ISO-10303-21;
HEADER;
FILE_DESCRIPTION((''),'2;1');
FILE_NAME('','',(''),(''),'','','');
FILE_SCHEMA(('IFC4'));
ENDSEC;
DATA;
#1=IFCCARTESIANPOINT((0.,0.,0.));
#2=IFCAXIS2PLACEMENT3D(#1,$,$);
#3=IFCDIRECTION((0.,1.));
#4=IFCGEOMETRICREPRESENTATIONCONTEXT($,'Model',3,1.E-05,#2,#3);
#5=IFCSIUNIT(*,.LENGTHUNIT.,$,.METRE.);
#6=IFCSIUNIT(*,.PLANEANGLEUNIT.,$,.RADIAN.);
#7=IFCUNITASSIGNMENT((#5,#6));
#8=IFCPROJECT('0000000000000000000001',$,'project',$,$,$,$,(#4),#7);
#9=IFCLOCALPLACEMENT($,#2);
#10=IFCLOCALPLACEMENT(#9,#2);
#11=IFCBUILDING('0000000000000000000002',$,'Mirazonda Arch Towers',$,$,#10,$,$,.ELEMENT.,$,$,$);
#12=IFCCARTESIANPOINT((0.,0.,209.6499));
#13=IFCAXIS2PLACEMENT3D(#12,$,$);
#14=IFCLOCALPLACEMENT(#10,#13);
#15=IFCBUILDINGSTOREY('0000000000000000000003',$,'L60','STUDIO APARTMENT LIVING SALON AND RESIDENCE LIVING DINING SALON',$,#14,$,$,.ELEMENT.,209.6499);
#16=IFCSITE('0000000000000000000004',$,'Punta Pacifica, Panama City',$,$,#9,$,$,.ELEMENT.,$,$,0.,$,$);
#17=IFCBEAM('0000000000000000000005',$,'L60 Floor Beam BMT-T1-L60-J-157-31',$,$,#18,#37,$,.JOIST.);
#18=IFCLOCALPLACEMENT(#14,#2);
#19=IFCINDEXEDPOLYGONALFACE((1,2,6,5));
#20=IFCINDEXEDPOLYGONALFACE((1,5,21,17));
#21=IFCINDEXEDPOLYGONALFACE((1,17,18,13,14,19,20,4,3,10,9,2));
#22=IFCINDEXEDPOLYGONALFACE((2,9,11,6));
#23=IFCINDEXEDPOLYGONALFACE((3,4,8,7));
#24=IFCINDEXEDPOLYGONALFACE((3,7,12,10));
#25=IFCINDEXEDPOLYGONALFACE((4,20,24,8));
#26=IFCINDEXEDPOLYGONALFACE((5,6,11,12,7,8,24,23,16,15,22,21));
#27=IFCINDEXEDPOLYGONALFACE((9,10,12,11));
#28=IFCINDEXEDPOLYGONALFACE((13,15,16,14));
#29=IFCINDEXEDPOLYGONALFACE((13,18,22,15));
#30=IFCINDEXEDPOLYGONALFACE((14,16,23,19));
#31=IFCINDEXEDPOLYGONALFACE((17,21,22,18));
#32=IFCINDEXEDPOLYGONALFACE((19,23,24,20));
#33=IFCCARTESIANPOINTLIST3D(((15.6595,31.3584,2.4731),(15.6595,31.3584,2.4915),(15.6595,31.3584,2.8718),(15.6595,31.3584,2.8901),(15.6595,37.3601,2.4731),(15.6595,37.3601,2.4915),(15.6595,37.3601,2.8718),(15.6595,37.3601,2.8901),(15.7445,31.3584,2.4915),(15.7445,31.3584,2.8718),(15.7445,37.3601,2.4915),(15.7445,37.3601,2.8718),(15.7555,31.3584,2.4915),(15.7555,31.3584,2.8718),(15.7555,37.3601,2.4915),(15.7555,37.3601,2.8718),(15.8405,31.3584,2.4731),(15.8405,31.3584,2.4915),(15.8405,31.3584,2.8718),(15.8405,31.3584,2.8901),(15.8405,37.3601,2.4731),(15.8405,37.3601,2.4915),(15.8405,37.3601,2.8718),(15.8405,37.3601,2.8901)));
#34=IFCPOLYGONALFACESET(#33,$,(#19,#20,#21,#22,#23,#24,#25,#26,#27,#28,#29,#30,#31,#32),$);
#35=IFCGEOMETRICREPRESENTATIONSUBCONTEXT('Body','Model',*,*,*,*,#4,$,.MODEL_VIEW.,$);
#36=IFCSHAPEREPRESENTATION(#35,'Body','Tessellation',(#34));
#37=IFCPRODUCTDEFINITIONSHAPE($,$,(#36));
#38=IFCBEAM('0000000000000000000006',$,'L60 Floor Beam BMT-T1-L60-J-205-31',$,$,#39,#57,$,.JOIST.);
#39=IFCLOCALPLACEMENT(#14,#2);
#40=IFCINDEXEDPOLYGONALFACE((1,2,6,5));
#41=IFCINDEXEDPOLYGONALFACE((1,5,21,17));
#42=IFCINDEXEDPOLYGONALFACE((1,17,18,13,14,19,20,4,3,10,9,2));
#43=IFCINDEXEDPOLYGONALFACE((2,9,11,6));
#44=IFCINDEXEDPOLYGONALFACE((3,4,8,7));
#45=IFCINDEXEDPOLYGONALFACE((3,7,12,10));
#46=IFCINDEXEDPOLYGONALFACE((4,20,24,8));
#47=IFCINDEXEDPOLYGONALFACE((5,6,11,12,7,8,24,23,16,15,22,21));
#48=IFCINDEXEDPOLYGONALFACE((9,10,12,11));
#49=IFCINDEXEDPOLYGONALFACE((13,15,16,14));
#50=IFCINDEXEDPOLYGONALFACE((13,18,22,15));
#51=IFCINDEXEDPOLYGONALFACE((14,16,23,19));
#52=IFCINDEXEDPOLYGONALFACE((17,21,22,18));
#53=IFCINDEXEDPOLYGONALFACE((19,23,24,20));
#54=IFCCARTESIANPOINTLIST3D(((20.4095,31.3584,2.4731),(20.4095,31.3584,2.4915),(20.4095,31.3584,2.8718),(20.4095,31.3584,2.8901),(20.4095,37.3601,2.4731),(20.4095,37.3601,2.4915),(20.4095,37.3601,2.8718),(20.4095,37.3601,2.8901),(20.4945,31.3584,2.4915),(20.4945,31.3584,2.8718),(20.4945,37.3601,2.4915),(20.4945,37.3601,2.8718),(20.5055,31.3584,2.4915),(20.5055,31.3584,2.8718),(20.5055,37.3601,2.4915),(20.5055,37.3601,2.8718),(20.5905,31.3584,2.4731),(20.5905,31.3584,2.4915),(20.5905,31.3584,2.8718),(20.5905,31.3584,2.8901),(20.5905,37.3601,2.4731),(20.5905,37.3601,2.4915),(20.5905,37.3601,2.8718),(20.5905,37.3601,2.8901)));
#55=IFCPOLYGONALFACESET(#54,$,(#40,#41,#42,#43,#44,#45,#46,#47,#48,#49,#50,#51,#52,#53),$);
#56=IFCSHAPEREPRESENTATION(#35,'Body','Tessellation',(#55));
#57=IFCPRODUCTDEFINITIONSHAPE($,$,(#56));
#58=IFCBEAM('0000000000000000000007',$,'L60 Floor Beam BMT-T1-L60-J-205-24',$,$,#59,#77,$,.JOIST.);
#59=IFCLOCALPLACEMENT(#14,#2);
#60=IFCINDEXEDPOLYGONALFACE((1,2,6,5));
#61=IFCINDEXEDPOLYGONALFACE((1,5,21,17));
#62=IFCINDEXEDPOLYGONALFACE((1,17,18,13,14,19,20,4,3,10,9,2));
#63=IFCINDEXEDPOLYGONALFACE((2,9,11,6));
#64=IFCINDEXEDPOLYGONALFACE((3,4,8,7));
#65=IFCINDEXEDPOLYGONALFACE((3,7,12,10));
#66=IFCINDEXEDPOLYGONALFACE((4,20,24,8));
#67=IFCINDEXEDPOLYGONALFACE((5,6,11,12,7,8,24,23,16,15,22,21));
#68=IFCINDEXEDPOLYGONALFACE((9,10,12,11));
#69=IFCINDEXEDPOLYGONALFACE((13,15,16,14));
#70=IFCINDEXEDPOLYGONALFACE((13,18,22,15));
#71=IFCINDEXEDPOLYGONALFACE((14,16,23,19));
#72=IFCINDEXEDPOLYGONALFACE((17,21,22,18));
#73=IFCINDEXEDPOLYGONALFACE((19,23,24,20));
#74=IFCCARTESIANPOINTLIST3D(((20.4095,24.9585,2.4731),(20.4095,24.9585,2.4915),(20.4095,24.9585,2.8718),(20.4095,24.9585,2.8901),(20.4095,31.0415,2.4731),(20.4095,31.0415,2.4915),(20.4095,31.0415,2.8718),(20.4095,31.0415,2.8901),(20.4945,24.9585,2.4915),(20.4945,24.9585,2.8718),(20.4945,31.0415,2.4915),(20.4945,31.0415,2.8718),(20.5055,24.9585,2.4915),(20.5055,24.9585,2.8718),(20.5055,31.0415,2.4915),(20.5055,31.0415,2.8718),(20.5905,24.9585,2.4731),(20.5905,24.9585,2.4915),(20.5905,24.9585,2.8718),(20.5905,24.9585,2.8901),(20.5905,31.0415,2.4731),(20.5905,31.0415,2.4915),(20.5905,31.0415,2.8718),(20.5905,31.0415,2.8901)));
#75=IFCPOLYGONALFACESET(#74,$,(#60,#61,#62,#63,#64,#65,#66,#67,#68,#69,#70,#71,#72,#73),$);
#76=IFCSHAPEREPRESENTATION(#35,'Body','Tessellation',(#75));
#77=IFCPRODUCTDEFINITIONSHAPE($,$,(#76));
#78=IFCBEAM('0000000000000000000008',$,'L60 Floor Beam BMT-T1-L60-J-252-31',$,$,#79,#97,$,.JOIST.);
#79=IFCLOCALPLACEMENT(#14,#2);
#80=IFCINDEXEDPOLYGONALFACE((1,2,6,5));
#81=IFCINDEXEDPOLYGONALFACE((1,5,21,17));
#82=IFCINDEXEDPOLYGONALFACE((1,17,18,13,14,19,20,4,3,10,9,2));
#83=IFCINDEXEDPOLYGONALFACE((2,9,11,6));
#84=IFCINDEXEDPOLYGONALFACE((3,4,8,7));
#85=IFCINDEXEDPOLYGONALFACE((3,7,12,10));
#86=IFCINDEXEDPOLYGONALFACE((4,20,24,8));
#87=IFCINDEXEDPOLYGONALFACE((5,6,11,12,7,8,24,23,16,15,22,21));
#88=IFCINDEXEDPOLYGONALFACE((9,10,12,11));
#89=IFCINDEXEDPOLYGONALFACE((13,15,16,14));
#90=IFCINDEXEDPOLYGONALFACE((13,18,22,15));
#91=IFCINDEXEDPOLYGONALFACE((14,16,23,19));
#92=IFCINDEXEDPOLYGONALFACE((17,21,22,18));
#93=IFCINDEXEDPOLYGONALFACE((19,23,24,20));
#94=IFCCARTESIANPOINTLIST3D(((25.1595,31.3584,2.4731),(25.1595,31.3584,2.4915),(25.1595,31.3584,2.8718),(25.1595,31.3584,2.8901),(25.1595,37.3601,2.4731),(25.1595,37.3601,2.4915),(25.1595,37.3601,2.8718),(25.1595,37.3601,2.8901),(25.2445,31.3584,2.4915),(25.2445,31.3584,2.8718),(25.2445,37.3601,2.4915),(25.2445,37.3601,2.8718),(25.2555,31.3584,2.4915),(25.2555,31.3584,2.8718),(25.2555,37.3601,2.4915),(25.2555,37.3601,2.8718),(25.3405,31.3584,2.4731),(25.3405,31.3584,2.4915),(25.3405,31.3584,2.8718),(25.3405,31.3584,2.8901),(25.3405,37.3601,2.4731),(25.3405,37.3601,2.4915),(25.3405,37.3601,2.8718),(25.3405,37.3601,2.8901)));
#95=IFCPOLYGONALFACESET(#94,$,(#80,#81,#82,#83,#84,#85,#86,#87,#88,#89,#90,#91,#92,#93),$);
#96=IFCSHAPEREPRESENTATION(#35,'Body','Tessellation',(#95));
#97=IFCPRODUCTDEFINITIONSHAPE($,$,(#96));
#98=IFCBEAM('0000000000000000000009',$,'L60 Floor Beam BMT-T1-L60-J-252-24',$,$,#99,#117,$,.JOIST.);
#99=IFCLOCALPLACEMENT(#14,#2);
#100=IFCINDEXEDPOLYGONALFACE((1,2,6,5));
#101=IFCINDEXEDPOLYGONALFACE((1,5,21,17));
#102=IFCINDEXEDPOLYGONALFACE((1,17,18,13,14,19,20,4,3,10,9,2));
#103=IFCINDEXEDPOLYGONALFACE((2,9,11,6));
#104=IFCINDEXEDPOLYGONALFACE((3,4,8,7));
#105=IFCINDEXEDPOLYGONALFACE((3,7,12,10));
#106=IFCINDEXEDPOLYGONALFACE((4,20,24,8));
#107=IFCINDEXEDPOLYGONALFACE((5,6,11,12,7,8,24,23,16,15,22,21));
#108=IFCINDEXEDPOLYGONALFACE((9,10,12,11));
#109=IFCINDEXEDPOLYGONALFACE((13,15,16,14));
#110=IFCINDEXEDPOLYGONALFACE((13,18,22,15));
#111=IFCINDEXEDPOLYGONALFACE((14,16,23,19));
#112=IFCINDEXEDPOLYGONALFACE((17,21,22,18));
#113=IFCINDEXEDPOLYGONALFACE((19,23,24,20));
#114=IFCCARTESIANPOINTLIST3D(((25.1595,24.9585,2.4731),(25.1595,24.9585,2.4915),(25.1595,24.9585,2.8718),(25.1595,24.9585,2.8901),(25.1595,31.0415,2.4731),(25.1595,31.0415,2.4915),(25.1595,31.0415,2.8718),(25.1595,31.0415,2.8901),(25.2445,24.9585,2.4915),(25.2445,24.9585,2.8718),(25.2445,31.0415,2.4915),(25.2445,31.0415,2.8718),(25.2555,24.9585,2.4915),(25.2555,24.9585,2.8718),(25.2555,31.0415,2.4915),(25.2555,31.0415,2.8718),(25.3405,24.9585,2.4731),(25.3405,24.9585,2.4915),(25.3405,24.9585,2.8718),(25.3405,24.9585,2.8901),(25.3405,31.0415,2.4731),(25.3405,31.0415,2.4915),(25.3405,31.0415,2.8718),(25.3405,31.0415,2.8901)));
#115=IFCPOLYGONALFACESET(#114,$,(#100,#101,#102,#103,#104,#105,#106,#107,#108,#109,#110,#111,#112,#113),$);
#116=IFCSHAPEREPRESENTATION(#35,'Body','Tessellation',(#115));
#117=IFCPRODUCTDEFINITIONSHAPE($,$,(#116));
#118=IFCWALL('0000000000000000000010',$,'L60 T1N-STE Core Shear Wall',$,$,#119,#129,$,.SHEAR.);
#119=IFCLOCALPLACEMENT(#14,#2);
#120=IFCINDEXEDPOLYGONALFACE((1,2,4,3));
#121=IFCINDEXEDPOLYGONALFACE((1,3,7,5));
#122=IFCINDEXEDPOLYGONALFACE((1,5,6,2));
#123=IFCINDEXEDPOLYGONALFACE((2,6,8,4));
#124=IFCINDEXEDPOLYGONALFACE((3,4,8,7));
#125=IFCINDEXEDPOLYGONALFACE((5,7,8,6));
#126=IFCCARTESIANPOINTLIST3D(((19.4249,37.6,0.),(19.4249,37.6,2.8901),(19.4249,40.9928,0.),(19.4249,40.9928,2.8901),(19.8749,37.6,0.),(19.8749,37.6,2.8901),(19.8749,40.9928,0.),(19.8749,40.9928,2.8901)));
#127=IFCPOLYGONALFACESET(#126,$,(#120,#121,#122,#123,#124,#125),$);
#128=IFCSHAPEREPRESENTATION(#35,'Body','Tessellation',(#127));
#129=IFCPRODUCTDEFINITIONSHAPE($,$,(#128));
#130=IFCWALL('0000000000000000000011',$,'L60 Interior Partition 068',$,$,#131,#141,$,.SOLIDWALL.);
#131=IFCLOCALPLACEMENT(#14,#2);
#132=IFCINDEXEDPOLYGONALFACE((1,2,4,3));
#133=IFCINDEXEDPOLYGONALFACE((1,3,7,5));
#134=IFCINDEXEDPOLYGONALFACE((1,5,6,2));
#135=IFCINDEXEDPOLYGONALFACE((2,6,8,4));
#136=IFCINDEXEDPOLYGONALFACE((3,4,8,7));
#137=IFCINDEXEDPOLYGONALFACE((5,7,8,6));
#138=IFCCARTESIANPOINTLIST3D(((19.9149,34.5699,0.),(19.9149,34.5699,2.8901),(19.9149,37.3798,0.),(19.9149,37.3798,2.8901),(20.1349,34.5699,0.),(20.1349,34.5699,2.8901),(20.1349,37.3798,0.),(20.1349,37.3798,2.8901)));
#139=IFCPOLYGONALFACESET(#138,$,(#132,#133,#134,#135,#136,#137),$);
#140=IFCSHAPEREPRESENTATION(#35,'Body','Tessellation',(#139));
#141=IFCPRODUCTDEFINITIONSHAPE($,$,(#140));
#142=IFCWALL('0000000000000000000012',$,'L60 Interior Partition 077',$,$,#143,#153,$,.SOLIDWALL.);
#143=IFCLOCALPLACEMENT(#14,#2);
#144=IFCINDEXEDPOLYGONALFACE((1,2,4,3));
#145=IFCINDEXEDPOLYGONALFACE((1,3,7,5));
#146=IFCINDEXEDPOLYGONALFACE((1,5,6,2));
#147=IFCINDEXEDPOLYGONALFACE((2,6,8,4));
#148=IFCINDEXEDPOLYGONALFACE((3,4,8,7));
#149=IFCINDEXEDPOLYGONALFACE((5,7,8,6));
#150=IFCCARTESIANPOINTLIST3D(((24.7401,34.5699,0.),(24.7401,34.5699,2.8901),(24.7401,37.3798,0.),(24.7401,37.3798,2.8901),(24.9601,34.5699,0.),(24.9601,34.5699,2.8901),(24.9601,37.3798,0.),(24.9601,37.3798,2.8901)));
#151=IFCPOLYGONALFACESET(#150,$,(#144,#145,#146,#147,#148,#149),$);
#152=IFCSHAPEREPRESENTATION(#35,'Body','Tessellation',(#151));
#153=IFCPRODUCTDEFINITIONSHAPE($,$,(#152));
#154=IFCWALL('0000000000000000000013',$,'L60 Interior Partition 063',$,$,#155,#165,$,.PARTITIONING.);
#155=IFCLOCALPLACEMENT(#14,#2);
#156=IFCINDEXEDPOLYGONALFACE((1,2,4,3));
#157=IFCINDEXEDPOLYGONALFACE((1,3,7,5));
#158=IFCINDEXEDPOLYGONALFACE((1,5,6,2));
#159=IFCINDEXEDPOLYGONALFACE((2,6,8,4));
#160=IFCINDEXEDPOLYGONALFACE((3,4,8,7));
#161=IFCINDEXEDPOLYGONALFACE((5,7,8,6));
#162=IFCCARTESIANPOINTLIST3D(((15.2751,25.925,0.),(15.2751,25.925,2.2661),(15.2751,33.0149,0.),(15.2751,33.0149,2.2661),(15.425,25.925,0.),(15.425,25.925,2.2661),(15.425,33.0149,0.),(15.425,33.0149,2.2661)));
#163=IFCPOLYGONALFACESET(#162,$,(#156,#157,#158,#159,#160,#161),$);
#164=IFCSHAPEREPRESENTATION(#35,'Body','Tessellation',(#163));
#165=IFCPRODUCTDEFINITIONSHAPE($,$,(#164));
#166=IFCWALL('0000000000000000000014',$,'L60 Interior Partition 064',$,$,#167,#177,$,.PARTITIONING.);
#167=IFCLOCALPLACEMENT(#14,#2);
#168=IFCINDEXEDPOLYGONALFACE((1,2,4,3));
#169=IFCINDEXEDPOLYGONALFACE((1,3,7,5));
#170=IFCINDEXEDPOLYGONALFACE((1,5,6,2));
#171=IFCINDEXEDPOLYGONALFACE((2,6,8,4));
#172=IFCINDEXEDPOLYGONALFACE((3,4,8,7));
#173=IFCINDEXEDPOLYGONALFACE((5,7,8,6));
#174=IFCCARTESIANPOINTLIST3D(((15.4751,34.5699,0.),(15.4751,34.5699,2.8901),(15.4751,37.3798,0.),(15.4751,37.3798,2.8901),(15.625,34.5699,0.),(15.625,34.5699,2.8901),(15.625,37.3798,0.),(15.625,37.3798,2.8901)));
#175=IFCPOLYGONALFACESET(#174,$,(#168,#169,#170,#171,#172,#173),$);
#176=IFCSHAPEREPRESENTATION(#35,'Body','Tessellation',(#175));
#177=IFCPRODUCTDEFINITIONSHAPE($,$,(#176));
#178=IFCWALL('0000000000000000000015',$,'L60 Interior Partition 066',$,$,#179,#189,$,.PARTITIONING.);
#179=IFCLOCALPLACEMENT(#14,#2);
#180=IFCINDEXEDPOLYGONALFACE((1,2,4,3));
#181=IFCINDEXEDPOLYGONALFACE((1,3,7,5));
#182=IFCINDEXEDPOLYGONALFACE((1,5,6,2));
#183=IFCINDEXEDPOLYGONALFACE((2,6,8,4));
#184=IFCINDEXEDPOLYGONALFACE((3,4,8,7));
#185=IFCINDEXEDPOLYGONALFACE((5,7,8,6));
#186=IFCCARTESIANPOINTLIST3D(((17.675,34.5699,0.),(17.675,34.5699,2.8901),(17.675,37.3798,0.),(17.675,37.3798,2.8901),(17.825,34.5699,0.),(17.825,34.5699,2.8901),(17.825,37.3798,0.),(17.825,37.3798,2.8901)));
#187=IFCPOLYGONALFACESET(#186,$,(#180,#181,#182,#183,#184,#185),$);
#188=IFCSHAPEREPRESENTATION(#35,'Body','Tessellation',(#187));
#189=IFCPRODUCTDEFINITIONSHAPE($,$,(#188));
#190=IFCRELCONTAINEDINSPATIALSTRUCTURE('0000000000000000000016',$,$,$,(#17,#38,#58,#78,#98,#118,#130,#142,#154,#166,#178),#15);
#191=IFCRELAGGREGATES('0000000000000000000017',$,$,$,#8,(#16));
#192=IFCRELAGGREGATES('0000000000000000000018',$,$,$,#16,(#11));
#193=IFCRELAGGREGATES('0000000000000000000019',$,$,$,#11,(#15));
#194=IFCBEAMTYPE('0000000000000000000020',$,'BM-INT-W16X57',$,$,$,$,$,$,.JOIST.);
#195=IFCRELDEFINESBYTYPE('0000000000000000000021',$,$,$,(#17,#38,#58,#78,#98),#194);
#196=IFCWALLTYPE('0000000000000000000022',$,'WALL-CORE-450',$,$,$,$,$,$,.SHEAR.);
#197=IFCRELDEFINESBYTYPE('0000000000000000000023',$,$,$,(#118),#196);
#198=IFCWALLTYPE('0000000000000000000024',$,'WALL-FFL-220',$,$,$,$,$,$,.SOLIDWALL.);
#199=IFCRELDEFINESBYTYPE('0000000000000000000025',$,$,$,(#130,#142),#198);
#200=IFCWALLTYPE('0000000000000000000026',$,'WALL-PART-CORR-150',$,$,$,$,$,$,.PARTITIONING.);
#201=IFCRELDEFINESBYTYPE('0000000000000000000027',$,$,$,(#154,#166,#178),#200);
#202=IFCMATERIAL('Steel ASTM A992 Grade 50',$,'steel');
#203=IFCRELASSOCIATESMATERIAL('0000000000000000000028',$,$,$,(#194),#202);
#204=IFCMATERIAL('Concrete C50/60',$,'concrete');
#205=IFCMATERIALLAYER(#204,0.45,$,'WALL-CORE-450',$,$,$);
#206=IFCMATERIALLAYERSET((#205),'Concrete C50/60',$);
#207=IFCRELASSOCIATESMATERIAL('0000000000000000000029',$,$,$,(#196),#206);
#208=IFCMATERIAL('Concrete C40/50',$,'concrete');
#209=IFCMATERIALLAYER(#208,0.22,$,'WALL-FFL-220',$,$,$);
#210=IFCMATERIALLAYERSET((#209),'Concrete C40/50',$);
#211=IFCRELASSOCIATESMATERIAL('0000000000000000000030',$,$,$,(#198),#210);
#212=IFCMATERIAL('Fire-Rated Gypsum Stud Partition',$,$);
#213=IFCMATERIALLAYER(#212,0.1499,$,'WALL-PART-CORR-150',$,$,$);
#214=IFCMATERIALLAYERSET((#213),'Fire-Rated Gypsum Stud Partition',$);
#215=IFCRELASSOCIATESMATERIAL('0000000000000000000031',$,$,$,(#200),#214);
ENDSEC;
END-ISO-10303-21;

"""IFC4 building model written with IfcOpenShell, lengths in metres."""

from ifc_helpers import new_model, si_unit, direction, frame, frame_2d, origin, origin_2d, place, context, subcontext, project, spatial, rectangle, i_section, extrude, material, layer, layer_set, material_profile, profile_set, type_object, element, save


model = new_model("IFC4")

# Units and contexts
model_context = context("Model", 3, precision=1e-05, world=origin(), true_north=direction((0.0, 1.0)))
body_context = subcontext(model_context, "Body", "Model", "MODEL_VIEW")
ifc_project = project(units=[si_unit("LENGTHUNIT", "METRE"), si_unit("PLANEANGLEUNIT", "RADIAN")], contexts=[model_context])

# Site, building, storey
site_placement = place(None, origin())
site = spatial("IfcSite", under=ifc_project, at=site_placement, Name="Punta Pacifica, Panama City", CompositionType="ELEMENT", RefElevation=0.0)
building_placement = place(site_placement, origin())
building = spatial("IfcBuilding", under=site, at=building_placement, Name="Mirazonda Arch Towers", CompositionType="ELEMENT")
storey_placement = place(building_placement, frame((0.0, 0.0, 209.6499)))
storey = spatial("IfcBuildingStorey", under=building, at=storey_placement, Name="L60", Description="STUDIO APARTMENT LIVING SALON AND RESIDENCE LIVING DINING SALON", CompositionType="ELEMENT", Elevation=209.6499)

# Beams
ifc_material_1 = material(Name="Steel ASTM A992 Grade 50", Category="steel")
ifc_material_profile = material_profile(ifc_material_1, i_section(OverallWidth=0.1809, OverallDepth=0.417, WebThickness=0.011, FlangeThickness=0.0183, at=origin_2d()), Name="W16X57")
ifc_profile_set = profile_set([ifc_material_profile], Name="Steel ASTM A992 Grade 50")
beam_type = type_object("IfcBeamType", Name="BM-INT-W16X57", PredefinedType="JOIST", material=ifc_profile_set)
for number, where, z_axis, x_axis, name in (
    (1, (15.75, 31.3584, 2.6816), (0.0, 1.0, 0.0), (-1.0, 0.0, 0.0), "L60 Floor Beam BMT-T1-L60-J-157-31"),
    (2, (20.5, 31.3584, 2.6816), (0.0, 1.0, 0.0), (-1.0, 0.0, 0.0), "L60 Floor Beam BMT-T1-L60-J-205-31"),
):
    element("IfcBeam", number, at=place(storey_placement, frame(where, z_axis=z_axis, x_axis=x_axis)), inside=storey, type_object=beam_type, Name=name, PredefinedType="JOIST", context=body_context, shape_type="SweptSolid", body=[
        extrude(i_section(OverallWidth=0.1809, OverallDepth=0.417, WebThickness=0.011, FlangeThickness=0.0183, at=origin_2d()), origin(), (0.0, 0.0, 1.0), 6.0017),
    ])
beam_1_placement = place(storey_placement, frame((20.5, 24.9585, 2.6816), z_axis=(0.0, 1.0, 0.0), x_axis=(-1.0, 0.0, 0.0)))
element("IfcBeam", 3, at=beam_1_placement, inside=storey, type_object=beam_type, Name="L60 Floor Beam BMT-T1-L60-J-205-24", PredefinedType="JOIST", context=body_context, shape_type="SweptSolid", body=[
    extrude(i_section(OverallWidth=0.1809, OverallDepth=0.417, WebThickness=0.011, FlangeThickness=0.0183, at=origin_2d()), origin(), (0.0, 0.0, 1.0), 6.083),
])
beam_2_placement = place(storey_placement, frame((25.25, 31.3584, 2.6816), z_axis=(0.0, 1.0, 0.0), x_axis=(-1.0, 0.0, 0.0)))
element("IfcBeam", 4, at=beam_2_placement, inside=storey, type_object=beam_type, Name="L60 Floor Beam BMT-T1-L60-J-252-31", PredefinedType="JOIST", context=body_context, shape_type="SweptSolid", body=[
    extrude(i_section(OverallWidth=0.1809, OverallDepth=0.417, WebThickness=0.011, FlangeThickness=0.0183, at=origin_2d()), origin(), (0.0, 0.0, 1.0), 6.0017),
])
beam_3_placement = place(storey_placement, frame((25.25, 24.9585, 2.6816), z_axis=(0.0, 1.0, 0.0), x_axis=(-1.0, 0.0, 0.0)))
element("IfcBeam", 5, at=beam_3_placement, inside=storey, type_object=beam_type, Name="L60 Floor Beam BMT-T1-L60-J-252-24", PredefinedType="JOIST", context=body_context, shape_type="SweptSolid", body=[
    extrude(i_section(OverallWidth=0.1809, OverallDepth=0.417, WebThickness=0.011, FlangeThickness=0.0183, at=origin_2d()), origin(), (0.0, 0.0, 1.0), 6.083),
])

# Wall
ifc_material_2 = material(Name="Concrete C50/60", Category="concrete")
ifc_layer_1 = layer(ifc_material_2, 0.45, Name="WALL-CORE-450")
ifc_layer_set_1 = layer_set([ifc_layer_1], Name="Concrete C50/60")
wall_type_1 = type_object("IfcWallType", Name="WALL-CORE-450", PredefinedType="SHEAR", material=ifc_layer_set_1)
wall_1_placement = place(storey_placement, frame((19.6499, 37.6001, 0.0), z_axis=(0.0, 0.0, 1.0), x_axis=(0.0, 1.0, 0.0)))
element("IfcWall", 6, at=wall_1_placement, inside=storey, type_object=wall_type_1, Name="L60 T1N-STE Core Shear Wall", PredefinedType="SHEAR", context=body_context, shape_type="SweptSolid", body=[
    extrude(rectangle(XDim=3.3928, YDim=0.45, at=frame_2d((1.6963, 0.0))), origin(), (0.0, 0.0, 1.0), 2.8901),
])

# Shared definitions
ifc_material_3 = material(Name="Concrete C40/50", Category="concrete")
ifc_layer_2 = layer(ifc_material_3, 0.22, Name="WALL-FFL-220")
ifc_layer_set_2 = layer_set([ifc_layer_2], Name="Concrete C40/50")
wall_type_2 = type_object("IfcWallType", Name="WALL-FFL-220", PredefinedType="SOLIDWALL", material=ifc_layer_set_2)

# Walls
for number, where, z_axis, x_axis, name in (
    (7, (20.0249, 34.5701, 0.0), (0.0, 0.0, 1.0), (0.0, 1.0, 0.0), "L60 Interior Partition 068"),
    (8, (24.8501, 34.5701, 0.0), (0.0, 0.0, 1.0), (0.0, 1.0, 0.0), "L60 Interior Partition 077"),
):
    element("IfcWall", number, at=place(storey_placement, frame(where, z_axis=z_axis, x_axis=x_axis)), inside=storey, type_object=wall_type_2, Name=name, PredefinedType="SOLIDWALL", context=body_context, shape_type="SweptSolid", body=[
        extrude(rectangle(XDim=2.8098, YDim=0.22, at=frame_2d((1.4048, 0.0))), origin(), (0.0, 0.0, 1.0), 2.8901),
    ])
ifc_material_4 = material(Name="Fire-Rated Gypsum Stud Partition")
ifc_layer_3 = layer(ifc_material_4, 0.1499, Name="WALL-PART-CORR-150")
ifc_layer_set_3 = layer_set([ifc_layer_3], Name="Fire-Rated Gypsum Stud Partition")
wall_type_3 = type_object("IfcWallType", Name="WALL-PART-CORR-150", PredefinedType="PARTITIONING", material=ifc_layer_set_3)
wall_2_placement = place(storey_placement, frame((15.3501, 25.925, 0.0), z_axis=(0.0, 0.0, 1.0), x_axis=(0.0, 1.0, 0.0)))
element("IfcWall", 9, at=wall_2_placement, inside=storey, type_object=wall_type_3, Name="L60 Interior Partition 063", PredefinedType="PARTITIONING", context=body_context, shape_type="SweptSolid", body=[
    extrude(rectangle(XDim=7.0898, YDim=0.1499, at=frame_2d((3.5449, 0.0))), origin(), (0.0, 0.0, 1.0), 2.2661),
])
for number, where, z_axis, x_axis, name in (
    (10, (15.55, 34.5701, 0.0), (0.0, 0.0, 1.0), (0.0, 1.0, 0.0), "L60 Interior Partition 064"),
    (11, (17.75, 34.5701, 0.0), (0.0, 0.0, 1.0), (0.0, 1.0, 0.0), "L60 Interior Partition 066"),
):
    element("IfcWall", number, at=place(storey_placement, frame(where, z_axis=z_axis, x_axis=x_axis)), inside=storey, type_object=wall_type_3, Name=name, PredefinedType="PARTITIONING", context=body_context, shape_type="SweptSolid", body=[
        extrude(rectangle(XDim=2.8098, YDim=0.1499, at=frame_2d((1.4048, 0.0))), origin(), (0.0, 0.0, 1.0), 2.8901),
    ])

save(model, "model.ifc")
